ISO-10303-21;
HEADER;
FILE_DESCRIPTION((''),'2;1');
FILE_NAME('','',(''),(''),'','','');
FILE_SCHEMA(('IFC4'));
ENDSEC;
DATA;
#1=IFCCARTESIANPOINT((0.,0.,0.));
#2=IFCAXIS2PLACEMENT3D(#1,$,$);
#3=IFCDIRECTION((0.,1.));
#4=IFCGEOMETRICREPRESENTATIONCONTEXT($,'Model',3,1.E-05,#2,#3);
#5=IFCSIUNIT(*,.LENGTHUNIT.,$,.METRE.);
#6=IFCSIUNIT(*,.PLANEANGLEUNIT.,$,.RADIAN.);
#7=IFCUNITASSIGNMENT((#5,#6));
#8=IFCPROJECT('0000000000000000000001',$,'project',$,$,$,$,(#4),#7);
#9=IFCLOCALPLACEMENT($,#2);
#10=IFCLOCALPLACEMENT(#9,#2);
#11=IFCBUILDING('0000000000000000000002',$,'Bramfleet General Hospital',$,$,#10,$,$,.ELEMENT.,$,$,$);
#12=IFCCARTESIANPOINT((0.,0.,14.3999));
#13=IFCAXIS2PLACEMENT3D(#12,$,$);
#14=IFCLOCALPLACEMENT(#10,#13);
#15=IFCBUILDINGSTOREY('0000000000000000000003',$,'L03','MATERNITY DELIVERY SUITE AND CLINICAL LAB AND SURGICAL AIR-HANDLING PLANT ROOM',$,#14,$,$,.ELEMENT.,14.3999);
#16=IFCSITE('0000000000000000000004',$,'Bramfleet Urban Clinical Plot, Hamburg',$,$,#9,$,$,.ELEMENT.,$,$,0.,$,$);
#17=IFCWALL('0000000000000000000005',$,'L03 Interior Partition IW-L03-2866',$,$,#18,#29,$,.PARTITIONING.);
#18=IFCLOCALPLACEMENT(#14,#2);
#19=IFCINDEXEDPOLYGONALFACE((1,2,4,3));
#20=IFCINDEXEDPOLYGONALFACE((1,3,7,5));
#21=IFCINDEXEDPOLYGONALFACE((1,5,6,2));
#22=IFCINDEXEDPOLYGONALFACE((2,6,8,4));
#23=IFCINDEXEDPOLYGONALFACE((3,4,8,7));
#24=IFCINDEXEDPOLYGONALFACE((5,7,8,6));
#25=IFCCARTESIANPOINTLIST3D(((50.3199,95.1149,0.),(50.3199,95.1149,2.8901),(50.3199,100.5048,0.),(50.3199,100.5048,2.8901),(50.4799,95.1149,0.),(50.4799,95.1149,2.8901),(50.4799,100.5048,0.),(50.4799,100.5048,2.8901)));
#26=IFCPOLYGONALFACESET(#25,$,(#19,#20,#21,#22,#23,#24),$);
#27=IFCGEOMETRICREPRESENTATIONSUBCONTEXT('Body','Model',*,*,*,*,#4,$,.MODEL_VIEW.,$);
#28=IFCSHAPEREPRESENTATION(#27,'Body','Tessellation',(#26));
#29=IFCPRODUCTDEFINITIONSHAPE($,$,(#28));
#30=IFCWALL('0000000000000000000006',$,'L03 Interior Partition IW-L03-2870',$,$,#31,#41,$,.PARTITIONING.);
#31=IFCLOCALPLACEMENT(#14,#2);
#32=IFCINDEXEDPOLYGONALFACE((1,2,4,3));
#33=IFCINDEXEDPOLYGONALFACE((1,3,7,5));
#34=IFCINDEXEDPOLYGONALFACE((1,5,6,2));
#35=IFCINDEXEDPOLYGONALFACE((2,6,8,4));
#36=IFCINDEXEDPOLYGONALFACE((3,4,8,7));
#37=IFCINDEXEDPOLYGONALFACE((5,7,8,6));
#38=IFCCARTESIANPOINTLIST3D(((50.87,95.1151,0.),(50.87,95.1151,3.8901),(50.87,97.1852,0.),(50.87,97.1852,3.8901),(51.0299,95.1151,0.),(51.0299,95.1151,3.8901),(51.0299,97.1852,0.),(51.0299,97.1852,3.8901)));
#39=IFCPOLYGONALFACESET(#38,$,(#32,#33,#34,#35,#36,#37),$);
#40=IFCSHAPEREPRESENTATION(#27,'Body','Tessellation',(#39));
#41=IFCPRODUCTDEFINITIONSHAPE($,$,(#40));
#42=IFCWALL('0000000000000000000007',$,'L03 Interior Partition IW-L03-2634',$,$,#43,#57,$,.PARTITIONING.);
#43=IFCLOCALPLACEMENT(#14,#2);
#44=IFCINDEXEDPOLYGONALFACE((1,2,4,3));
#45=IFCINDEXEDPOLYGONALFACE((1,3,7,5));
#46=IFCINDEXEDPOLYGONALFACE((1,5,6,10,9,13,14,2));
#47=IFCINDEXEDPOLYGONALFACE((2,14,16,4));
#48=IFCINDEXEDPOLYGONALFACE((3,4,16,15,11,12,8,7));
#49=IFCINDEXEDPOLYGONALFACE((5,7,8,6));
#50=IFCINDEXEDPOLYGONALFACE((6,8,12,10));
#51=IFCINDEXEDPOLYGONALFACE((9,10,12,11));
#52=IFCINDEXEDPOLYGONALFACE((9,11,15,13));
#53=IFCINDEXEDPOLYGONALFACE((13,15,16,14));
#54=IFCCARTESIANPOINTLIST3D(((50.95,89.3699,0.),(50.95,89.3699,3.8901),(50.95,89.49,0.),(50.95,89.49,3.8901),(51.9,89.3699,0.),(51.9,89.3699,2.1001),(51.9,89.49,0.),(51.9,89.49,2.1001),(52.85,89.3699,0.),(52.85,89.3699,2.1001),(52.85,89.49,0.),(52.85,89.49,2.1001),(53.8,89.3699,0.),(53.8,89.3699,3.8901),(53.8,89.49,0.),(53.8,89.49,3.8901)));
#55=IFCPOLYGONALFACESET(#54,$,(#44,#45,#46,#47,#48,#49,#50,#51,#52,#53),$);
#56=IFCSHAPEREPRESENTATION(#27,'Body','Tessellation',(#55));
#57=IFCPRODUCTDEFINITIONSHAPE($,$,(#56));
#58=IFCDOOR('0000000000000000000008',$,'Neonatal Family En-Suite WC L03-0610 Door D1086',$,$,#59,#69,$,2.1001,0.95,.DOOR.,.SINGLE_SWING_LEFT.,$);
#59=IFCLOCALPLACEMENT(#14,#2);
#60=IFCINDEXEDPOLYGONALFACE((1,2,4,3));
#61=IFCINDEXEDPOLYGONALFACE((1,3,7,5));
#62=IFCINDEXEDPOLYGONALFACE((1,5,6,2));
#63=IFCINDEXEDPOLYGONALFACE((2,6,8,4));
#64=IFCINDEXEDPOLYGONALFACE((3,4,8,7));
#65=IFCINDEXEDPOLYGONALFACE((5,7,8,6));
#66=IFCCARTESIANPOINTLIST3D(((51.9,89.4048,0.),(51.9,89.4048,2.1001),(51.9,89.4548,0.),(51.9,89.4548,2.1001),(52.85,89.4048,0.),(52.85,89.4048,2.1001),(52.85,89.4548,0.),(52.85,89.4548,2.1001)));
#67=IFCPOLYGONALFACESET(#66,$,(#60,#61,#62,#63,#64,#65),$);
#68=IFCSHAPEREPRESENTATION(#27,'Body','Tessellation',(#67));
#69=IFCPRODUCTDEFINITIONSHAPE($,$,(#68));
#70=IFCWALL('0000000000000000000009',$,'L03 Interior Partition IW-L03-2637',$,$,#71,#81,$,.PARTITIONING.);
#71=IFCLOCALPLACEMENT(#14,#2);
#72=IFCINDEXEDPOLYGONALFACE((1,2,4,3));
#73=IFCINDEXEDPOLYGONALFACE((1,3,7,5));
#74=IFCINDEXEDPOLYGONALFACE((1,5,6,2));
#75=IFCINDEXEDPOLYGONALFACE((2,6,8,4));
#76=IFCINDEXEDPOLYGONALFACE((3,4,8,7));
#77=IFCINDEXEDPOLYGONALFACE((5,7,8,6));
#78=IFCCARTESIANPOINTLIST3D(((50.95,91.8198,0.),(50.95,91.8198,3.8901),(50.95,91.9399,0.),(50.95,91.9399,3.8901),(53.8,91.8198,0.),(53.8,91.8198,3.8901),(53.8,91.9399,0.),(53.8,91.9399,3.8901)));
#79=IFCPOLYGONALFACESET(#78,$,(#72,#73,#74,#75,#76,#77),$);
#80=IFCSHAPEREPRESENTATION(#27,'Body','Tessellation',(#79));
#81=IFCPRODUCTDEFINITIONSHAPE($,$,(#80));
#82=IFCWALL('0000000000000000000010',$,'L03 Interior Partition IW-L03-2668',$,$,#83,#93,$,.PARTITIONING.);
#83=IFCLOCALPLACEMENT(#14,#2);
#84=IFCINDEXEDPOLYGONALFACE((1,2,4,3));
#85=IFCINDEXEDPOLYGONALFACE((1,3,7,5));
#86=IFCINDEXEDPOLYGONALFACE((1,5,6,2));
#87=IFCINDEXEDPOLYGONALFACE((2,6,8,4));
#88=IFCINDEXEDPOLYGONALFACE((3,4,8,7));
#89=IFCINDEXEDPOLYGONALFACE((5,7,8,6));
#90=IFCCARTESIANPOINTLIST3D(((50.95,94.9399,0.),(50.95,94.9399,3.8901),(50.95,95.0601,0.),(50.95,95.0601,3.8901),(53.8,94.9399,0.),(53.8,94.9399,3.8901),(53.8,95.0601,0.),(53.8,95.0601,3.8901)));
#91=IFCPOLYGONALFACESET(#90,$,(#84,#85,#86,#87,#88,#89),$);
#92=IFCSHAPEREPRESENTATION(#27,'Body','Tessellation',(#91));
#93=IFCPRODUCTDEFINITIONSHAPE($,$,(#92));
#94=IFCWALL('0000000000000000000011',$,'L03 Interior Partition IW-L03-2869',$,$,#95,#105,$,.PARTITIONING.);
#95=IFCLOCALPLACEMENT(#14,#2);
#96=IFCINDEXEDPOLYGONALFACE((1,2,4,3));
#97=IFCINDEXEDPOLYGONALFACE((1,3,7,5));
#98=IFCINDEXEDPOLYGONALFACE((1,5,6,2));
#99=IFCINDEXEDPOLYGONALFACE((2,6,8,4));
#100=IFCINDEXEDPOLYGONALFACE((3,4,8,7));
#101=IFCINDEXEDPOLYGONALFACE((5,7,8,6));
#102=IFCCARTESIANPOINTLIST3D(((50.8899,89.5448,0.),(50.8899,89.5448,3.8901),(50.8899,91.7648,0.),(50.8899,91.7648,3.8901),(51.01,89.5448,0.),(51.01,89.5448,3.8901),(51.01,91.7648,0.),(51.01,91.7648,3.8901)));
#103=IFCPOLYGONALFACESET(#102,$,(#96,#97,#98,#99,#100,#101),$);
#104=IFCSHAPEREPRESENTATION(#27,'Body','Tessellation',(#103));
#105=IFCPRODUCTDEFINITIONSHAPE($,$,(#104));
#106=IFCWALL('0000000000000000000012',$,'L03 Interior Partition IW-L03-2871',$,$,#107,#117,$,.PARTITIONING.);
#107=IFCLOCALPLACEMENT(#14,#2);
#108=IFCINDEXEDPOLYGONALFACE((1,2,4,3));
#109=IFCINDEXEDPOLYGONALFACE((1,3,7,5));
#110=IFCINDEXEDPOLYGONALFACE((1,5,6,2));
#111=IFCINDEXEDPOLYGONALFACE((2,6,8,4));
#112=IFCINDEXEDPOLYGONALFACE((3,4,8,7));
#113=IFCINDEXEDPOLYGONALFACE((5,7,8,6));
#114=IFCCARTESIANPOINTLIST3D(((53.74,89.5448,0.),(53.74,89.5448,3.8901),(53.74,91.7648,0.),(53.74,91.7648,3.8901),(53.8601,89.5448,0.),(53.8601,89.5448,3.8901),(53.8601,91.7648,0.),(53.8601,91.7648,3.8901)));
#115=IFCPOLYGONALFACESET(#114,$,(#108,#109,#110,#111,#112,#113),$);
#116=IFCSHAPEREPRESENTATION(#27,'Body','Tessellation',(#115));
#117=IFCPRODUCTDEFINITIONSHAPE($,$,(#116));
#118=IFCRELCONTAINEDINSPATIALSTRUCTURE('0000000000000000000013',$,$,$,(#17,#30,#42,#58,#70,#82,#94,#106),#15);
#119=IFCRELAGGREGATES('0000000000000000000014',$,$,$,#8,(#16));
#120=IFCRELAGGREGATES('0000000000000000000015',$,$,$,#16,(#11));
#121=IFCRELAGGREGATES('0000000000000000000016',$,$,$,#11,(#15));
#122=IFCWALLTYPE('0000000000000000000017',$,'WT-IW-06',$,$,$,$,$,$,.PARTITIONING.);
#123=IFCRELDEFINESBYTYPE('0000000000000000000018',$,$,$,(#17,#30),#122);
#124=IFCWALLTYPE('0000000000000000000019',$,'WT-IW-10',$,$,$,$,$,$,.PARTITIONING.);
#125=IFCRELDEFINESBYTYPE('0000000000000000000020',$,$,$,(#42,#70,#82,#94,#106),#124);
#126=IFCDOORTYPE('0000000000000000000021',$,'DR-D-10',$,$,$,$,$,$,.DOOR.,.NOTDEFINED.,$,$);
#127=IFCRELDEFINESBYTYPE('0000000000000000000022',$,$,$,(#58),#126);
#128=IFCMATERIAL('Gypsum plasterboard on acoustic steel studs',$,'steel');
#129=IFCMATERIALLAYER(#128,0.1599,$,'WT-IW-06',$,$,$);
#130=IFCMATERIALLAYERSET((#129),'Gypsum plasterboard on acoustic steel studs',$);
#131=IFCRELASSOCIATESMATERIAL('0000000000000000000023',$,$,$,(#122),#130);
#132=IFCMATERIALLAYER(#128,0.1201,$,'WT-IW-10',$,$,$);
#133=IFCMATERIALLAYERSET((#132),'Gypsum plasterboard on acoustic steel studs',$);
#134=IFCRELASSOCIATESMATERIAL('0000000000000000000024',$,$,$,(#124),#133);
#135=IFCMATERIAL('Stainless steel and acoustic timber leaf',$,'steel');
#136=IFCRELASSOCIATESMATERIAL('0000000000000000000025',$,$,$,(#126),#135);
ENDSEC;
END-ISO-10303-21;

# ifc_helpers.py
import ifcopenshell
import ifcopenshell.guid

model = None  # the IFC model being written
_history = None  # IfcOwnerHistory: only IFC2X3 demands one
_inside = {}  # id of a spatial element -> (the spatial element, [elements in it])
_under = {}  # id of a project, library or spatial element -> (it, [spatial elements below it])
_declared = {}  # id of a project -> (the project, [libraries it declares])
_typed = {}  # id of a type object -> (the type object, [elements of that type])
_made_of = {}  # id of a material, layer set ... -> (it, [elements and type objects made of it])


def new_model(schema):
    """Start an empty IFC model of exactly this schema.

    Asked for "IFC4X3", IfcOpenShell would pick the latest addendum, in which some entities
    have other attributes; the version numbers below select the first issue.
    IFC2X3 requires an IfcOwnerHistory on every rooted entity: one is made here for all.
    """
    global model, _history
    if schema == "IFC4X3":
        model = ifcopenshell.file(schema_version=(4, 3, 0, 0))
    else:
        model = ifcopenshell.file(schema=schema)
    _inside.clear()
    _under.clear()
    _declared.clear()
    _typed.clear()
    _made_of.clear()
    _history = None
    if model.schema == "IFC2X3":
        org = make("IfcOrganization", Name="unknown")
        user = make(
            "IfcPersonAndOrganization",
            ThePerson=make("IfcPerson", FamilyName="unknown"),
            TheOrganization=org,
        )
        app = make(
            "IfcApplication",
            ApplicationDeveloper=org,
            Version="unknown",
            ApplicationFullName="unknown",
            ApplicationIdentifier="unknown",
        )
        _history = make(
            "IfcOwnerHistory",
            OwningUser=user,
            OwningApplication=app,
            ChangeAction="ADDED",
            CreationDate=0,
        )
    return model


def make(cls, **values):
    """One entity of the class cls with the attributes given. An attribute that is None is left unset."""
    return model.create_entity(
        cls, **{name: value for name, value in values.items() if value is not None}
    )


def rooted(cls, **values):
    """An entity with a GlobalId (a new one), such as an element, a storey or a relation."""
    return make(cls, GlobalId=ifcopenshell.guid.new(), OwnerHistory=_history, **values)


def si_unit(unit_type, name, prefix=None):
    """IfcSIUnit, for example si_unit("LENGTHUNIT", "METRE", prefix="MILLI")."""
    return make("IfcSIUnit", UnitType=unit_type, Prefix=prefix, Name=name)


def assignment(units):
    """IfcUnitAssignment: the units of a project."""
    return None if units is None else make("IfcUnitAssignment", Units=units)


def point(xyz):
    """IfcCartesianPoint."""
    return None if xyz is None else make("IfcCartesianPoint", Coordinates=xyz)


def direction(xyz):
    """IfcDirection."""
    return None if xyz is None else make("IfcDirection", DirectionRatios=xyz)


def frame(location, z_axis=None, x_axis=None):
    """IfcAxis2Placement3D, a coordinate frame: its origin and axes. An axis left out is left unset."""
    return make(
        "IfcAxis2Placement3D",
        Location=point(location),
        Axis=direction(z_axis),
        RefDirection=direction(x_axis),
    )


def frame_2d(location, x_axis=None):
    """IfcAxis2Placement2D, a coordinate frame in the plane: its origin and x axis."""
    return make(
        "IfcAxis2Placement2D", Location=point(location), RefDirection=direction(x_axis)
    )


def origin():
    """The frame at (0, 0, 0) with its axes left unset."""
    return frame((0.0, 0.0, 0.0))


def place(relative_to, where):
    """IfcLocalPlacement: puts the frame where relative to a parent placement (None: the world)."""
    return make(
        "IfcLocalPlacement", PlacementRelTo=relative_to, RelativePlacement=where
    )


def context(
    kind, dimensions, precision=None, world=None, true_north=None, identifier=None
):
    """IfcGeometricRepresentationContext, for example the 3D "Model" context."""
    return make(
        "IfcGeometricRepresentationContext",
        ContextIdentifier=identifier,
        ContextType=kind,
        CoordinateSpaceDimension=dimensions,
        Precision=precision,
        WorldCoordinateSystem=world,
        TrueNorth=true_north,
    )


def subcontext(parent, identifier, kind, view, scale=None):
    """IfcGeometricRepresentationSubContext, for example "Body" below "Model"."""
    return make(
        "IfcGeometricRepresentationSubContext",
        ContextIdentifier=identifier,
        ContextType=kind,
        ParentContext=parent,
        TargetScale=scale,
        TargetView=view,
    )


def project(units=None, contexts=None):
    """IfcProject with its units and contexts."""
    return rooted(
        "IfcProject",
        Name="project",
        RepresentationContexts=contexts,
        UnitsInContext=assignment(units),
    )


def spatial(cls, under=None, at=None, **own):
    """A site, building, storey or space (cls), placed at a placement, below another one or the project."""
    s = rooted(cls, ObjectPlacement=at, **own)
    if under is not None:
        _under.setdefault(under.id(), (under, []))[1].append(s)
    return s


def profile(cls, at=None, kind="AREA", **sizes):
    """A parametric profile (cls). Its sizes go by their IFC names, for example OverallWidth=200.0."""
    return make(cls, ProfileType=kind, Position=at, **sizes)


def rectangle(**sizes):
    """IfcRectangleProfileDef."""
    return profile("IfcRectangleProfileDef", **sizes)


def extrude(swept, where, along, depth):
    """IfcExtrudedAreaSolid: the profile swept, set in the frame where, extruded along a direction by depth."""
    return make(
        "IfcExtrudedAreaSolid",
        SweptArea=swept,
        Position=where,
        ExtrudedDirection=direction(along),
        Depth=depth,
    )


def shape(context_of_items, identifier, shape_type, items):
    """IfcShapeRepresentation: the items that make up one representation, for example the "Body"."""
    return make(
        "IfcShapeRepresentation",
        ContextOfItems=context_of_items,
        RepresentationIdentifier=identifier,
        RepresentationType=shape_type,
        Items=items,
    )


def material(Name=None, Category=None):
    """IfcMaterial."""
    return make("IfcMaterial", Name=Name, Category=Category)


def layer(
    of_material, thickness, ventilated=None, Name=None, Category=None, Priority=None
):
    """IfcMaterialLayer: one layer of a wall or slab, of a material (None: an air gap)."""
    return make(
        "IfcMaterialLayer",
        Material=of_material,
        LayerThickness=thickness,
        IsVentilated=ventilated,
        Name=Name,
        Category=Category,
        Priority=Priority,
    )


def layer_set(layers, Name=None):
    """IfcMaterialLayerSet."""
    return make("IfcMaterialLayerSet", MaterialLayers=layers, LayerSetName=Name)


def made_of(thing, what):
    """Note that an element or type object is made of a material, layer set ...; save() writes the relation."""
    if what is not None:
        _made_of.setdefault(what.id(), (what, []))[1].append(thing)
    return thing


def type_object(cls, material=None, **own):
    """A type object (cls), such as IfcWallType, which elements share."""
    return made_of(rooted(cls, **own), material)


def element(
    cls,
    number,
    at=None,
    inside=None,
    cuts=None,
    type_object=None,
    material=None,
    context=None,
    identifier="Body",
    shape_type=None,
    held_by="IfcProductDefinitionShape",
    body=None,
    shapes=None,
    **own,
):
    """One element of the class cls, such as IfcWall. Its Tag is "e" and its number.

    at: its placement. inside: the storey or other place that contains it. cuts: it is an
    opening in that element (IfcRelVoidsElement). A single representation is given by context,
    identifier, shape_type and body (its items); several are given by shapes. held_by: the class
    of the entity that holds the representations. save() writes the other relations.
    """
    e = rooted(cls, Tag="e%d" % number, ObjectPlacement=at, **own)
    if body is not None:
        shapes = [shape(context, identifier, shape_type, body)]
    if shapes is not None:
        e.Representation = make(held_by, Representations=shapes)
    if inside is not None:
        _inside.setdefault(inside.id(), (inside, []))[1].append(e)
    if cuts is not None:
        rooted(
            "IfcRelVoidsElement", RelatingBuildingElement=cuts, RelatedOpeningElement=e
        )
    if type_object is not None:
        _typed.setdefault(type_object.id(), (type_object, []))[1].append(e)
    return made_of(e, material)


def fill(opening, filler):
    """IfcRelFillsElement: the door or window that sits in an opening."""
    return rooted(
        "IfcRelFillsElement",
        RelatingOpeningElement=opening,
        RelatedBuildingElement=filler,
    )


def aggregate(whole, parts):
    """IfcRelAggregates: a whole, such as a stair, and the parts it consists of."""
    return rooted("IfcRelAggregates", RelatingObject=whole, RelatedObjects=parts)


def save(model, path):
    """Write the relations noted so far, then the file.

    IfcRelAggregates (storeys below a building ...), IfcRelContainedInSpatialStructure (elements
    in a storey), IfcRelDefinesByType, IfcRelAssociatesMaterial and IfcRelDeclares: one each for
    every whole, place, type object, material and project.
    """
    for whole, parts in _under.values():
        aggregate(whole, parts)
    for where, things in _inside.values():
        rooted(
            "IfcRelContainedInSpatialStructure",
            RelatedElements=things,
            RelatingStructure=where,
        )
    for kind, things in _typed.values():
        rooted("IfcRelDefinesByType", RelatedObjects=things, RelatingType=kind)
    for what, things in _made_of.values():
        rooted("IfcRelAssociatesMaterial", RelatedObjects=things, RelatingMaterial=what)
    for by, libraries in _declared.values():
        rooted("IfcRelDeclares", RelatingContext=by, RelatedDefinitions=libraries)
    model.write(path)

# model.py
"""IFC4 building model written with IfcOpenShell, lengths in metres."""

from ifc_helpers import new_model, si_unit, direction, frame, frame_2d, origin, place, context, subcontext, project, spatial, rectangle, extrude, material, layer, layer_set, type_object, element, fill, save


model = new_model("IFC4")

# Units and contexts
model_context = context("Model", 3, precision=1e-05, world=origin(), true_north=direction((0.0, 1.0)))
body_context = subcontext(model_context, "Body", "Model", "MODEL_VIEW")
ifc_project = project(units=[si_unit("LENGTHUNIT", "METRE"), si_unit("PLANEANGLEUNIT", "RADIAN")], contexts=[model_context])

# Site, building, storey
site_placement = place(None, origin())
site = spatial("IfcSite", under=ifc_project, at=site_placement, Name="Bramfleet Urban Clinical Plot, Hamburg", CompositionType="ELEMENT", RefElevation=0.0)
building_placement = place(site_placement, origin())
building = spatial("IfcBuilding", under=site, at=building_placement, Name="Bramfleet General Hospital", CompositionType="ELEMENT")
storey_placement = place(building_placement, frame((0.0, 0.0, 14.3999)))
storey = spatial("IfcBuildingStorey", under=building, at=storey_placement, Name="L03", Description="MATERNITY DELIVERY SUITE AND CLINICAL LAB AND SURGICAL AIR-HANDLING PLANT ROOM", CompositionType="ELEMENT", Elevation=14.3999)

# Shared definitions
ifc_material_1 = material(Name="Gypsum plasterboard on acoustic steel studs", Category="steel")
ifc_layer_1 = layer(ifc_material_1, 0.1599, Name="WT-IW-06")
ifc_layer_set_1 = layer_set([ifc_layer_1], Name="Gypsum plasterboard on acoustic steel studs")
wall_type_1 = type_object("IfcWallType", Name="WT-IW-06", PredefinedType="PARTITIONING", material=ifc_layer_set_1)
ifc_material_2 = material(Name="Stainless steel and acoustic timber leaf", Category="steel")

# Walls
wall_1_placement = place(storey_placement, frame((50.3999, 95.115, 0.0), z_axis=(0.0, 0.0, 1.0), x_axis=(0.0, 1.0, 0.0)))
element("IfcWall", 1, at=wall_1_placement, inside=storey, type_object=wall_type_1, Name="L03 Interior Partition IW-L03-2866", PredefinedType="PARTITIONING", context=body_context, shape_type="SweptSolid", body=[
    extrude(rectangle(XDim=5.3899, YDim=0.1599, at=frame_2d((2.6948, 0.0))), origin(), (0.0, 0.0, 1.0), 2.8901),
])
wall_2_placement = place(storey_placement, frame((50.95, 95.115, 0.0), z_axis=(0.0, 0.0, 1.0), x_axis=(0.0, 1.0, 0.0)))
element("IfcWall", 2, at=wall_2_placement, inside=storey, type_object=wall_type_1, Name="L03 Interior Partition IW-L03-2870", PredefinedType="PARTITIONING", context=body_context, shape_type="SweptSolid", body=[
    extrude(rectangle(XDim=2.0701, YDim=0.1599, at=frame_2d((1.0352, 0.0))), origin(), (0.0, 0.0, 1.0), 3.8901),
])

# Wall, opening, door
ifc_layer_2 = layer(ifc_material_1, 0.1201, Name="WT-IW-10")
ifc_layer_set_2 = layer_set([ifc_layer_2], Name="Gypsum plasterboard on acoustic steel studs")
wall_type_2 = type_object("IfcWallType", Name="WT-IW-10", PredefinedType="PARTITIONING", material=ifc_layer_set_2)
wall_3_placement = place(storey_placement, frame((50.95, 89.4299, 0.0), z_axis=(0.0, 0.0, 1.0), x_axis=(1.0, 0.0, 0.0)))
wall_3 = element("IfcWall", 3, at=wall_3_placement, inside=storey, type_object=wall_type_2, Name="L03 Interior Partition IW-L03-2634", PredefinedType="PARTITIONING", context=body_context, shape_type="SweptSolid", body=[
    extrude(rectangle(XDim=2.8501, YDim=0.1201, at=frame_2d((1.425, 0.0))), origin(), (0.0, 0.0, 1.0), 3.8901),
])
opening_1_placement = place(wall_3_placement, frame((0.95, 0.0, 0.0)))
opening_1 = element("IfcOpeningElement", 4, at=opening_1_placement, cuts=wall_3, PredefinedType="OPENING", context=body_context, shape_type="SweptSolid", body=[
    extrude(rectangle(XDim=0.95, YDim=2.1001, at=frame_2d((0.4751, 1.05))), frame((0.0, 0.0701, 0.0), z_axis=(0.0, -1.0, 0.0), x_axis=(1.0, 0.0, 0.0)), (0.0, 0.0, 1.0), 0.1401),
])
door_type_1 = type_object("IfcDoorType", Name="DR-D-10", OperationType="NOTDEFINED", PredefinedType="DOOR", material=ifc_material_2)
door_1_placement = place(opening_1_placement, origin())
door_1 = element("IfcDoor", 5, at=door_1_placement, inside=storey, type_object=door_type_1, Name="Neonatal Family En-Suite WC L03-0610 Door D1086", OperationType="SINGLE_SWING_LEFT", OverallHeight=2.1001, OverallWidth=0.95, PredefinedType="DOOR", context=body_context, shape_type="SweptSolid", body=[
    extrude(rectangle(XDim=0.95, YDim=2.1001, at=frame_2d((0.4751, 1.05))), frame((0.0, 0.0249, 0.0), z_axis=(0.0, -1.0, 0.0), x_axis=(1.0, 0.0, 0.0)), (0.0, 0.0, 1.0), 0.05),
])
fill(opening_1, door_1)

# Walls
for number, where, z_axis, x_axis, name in (
    (6, (50.95, 91.8799, 0.0), (0.0, 0.0, 1.0), (1.0, 0.0, 0.0), "L03 Interior Partition IW-L03-2637"),
    (7, (50.95, 95.0, 0.0), (0.0, 0.0, 1.0), (1.0, 0.0, 0.0), "L03 Interior Partition IW-L03-2668"),
):
    element("IfcWall", number, at=place(storey_placement, frame(where, z_axis=z_axis, x_axis=x_axis)), inside=storey, type_object=wall_type_2, Name=name, PredefinedType="PARTITIONING", context=body_context, shape_type="SweptSolid", body=[
        extrude(rectangle(XDim=2.8501, YDim=0.1201, at=frame_2d((1.425, 0.0))), origin(), (0.0, 0.0, 1.0), 3.8901),
    ])
for number, where, z_axis, x_axis, name in (
    (8, (50.95, 89.5449, 0.0), (0.0, 0.0, 1.0), (0.0, 1.0, 0.0), "L03 Interior Partition IW-L03-2869"),
    (9, (53.8, 89.5449, 0.0), (0.0, 0.0, 1.0), (0.0, 1.0, 0.0), "L03 Interior Partition IW-L03-2871"),
):
    element("IfcWall", number, at=place(storey_placement, frame(where, z_axis=z_axis, x_axis=x_axis)), inside=storey, type_object=wall_type_2, Name=name, PredefinedType="PARTITIONING", context=body_context, shape_type="SweptSolid", body=[
        extrude(rectangle(XDim=2.22, YDim=0.1201, at=frame_2d((1.1099, 0.0))), origin(), (0.0, 0.0, 1.0), 3.8901),
    ])

save(model, "model.ifc")
